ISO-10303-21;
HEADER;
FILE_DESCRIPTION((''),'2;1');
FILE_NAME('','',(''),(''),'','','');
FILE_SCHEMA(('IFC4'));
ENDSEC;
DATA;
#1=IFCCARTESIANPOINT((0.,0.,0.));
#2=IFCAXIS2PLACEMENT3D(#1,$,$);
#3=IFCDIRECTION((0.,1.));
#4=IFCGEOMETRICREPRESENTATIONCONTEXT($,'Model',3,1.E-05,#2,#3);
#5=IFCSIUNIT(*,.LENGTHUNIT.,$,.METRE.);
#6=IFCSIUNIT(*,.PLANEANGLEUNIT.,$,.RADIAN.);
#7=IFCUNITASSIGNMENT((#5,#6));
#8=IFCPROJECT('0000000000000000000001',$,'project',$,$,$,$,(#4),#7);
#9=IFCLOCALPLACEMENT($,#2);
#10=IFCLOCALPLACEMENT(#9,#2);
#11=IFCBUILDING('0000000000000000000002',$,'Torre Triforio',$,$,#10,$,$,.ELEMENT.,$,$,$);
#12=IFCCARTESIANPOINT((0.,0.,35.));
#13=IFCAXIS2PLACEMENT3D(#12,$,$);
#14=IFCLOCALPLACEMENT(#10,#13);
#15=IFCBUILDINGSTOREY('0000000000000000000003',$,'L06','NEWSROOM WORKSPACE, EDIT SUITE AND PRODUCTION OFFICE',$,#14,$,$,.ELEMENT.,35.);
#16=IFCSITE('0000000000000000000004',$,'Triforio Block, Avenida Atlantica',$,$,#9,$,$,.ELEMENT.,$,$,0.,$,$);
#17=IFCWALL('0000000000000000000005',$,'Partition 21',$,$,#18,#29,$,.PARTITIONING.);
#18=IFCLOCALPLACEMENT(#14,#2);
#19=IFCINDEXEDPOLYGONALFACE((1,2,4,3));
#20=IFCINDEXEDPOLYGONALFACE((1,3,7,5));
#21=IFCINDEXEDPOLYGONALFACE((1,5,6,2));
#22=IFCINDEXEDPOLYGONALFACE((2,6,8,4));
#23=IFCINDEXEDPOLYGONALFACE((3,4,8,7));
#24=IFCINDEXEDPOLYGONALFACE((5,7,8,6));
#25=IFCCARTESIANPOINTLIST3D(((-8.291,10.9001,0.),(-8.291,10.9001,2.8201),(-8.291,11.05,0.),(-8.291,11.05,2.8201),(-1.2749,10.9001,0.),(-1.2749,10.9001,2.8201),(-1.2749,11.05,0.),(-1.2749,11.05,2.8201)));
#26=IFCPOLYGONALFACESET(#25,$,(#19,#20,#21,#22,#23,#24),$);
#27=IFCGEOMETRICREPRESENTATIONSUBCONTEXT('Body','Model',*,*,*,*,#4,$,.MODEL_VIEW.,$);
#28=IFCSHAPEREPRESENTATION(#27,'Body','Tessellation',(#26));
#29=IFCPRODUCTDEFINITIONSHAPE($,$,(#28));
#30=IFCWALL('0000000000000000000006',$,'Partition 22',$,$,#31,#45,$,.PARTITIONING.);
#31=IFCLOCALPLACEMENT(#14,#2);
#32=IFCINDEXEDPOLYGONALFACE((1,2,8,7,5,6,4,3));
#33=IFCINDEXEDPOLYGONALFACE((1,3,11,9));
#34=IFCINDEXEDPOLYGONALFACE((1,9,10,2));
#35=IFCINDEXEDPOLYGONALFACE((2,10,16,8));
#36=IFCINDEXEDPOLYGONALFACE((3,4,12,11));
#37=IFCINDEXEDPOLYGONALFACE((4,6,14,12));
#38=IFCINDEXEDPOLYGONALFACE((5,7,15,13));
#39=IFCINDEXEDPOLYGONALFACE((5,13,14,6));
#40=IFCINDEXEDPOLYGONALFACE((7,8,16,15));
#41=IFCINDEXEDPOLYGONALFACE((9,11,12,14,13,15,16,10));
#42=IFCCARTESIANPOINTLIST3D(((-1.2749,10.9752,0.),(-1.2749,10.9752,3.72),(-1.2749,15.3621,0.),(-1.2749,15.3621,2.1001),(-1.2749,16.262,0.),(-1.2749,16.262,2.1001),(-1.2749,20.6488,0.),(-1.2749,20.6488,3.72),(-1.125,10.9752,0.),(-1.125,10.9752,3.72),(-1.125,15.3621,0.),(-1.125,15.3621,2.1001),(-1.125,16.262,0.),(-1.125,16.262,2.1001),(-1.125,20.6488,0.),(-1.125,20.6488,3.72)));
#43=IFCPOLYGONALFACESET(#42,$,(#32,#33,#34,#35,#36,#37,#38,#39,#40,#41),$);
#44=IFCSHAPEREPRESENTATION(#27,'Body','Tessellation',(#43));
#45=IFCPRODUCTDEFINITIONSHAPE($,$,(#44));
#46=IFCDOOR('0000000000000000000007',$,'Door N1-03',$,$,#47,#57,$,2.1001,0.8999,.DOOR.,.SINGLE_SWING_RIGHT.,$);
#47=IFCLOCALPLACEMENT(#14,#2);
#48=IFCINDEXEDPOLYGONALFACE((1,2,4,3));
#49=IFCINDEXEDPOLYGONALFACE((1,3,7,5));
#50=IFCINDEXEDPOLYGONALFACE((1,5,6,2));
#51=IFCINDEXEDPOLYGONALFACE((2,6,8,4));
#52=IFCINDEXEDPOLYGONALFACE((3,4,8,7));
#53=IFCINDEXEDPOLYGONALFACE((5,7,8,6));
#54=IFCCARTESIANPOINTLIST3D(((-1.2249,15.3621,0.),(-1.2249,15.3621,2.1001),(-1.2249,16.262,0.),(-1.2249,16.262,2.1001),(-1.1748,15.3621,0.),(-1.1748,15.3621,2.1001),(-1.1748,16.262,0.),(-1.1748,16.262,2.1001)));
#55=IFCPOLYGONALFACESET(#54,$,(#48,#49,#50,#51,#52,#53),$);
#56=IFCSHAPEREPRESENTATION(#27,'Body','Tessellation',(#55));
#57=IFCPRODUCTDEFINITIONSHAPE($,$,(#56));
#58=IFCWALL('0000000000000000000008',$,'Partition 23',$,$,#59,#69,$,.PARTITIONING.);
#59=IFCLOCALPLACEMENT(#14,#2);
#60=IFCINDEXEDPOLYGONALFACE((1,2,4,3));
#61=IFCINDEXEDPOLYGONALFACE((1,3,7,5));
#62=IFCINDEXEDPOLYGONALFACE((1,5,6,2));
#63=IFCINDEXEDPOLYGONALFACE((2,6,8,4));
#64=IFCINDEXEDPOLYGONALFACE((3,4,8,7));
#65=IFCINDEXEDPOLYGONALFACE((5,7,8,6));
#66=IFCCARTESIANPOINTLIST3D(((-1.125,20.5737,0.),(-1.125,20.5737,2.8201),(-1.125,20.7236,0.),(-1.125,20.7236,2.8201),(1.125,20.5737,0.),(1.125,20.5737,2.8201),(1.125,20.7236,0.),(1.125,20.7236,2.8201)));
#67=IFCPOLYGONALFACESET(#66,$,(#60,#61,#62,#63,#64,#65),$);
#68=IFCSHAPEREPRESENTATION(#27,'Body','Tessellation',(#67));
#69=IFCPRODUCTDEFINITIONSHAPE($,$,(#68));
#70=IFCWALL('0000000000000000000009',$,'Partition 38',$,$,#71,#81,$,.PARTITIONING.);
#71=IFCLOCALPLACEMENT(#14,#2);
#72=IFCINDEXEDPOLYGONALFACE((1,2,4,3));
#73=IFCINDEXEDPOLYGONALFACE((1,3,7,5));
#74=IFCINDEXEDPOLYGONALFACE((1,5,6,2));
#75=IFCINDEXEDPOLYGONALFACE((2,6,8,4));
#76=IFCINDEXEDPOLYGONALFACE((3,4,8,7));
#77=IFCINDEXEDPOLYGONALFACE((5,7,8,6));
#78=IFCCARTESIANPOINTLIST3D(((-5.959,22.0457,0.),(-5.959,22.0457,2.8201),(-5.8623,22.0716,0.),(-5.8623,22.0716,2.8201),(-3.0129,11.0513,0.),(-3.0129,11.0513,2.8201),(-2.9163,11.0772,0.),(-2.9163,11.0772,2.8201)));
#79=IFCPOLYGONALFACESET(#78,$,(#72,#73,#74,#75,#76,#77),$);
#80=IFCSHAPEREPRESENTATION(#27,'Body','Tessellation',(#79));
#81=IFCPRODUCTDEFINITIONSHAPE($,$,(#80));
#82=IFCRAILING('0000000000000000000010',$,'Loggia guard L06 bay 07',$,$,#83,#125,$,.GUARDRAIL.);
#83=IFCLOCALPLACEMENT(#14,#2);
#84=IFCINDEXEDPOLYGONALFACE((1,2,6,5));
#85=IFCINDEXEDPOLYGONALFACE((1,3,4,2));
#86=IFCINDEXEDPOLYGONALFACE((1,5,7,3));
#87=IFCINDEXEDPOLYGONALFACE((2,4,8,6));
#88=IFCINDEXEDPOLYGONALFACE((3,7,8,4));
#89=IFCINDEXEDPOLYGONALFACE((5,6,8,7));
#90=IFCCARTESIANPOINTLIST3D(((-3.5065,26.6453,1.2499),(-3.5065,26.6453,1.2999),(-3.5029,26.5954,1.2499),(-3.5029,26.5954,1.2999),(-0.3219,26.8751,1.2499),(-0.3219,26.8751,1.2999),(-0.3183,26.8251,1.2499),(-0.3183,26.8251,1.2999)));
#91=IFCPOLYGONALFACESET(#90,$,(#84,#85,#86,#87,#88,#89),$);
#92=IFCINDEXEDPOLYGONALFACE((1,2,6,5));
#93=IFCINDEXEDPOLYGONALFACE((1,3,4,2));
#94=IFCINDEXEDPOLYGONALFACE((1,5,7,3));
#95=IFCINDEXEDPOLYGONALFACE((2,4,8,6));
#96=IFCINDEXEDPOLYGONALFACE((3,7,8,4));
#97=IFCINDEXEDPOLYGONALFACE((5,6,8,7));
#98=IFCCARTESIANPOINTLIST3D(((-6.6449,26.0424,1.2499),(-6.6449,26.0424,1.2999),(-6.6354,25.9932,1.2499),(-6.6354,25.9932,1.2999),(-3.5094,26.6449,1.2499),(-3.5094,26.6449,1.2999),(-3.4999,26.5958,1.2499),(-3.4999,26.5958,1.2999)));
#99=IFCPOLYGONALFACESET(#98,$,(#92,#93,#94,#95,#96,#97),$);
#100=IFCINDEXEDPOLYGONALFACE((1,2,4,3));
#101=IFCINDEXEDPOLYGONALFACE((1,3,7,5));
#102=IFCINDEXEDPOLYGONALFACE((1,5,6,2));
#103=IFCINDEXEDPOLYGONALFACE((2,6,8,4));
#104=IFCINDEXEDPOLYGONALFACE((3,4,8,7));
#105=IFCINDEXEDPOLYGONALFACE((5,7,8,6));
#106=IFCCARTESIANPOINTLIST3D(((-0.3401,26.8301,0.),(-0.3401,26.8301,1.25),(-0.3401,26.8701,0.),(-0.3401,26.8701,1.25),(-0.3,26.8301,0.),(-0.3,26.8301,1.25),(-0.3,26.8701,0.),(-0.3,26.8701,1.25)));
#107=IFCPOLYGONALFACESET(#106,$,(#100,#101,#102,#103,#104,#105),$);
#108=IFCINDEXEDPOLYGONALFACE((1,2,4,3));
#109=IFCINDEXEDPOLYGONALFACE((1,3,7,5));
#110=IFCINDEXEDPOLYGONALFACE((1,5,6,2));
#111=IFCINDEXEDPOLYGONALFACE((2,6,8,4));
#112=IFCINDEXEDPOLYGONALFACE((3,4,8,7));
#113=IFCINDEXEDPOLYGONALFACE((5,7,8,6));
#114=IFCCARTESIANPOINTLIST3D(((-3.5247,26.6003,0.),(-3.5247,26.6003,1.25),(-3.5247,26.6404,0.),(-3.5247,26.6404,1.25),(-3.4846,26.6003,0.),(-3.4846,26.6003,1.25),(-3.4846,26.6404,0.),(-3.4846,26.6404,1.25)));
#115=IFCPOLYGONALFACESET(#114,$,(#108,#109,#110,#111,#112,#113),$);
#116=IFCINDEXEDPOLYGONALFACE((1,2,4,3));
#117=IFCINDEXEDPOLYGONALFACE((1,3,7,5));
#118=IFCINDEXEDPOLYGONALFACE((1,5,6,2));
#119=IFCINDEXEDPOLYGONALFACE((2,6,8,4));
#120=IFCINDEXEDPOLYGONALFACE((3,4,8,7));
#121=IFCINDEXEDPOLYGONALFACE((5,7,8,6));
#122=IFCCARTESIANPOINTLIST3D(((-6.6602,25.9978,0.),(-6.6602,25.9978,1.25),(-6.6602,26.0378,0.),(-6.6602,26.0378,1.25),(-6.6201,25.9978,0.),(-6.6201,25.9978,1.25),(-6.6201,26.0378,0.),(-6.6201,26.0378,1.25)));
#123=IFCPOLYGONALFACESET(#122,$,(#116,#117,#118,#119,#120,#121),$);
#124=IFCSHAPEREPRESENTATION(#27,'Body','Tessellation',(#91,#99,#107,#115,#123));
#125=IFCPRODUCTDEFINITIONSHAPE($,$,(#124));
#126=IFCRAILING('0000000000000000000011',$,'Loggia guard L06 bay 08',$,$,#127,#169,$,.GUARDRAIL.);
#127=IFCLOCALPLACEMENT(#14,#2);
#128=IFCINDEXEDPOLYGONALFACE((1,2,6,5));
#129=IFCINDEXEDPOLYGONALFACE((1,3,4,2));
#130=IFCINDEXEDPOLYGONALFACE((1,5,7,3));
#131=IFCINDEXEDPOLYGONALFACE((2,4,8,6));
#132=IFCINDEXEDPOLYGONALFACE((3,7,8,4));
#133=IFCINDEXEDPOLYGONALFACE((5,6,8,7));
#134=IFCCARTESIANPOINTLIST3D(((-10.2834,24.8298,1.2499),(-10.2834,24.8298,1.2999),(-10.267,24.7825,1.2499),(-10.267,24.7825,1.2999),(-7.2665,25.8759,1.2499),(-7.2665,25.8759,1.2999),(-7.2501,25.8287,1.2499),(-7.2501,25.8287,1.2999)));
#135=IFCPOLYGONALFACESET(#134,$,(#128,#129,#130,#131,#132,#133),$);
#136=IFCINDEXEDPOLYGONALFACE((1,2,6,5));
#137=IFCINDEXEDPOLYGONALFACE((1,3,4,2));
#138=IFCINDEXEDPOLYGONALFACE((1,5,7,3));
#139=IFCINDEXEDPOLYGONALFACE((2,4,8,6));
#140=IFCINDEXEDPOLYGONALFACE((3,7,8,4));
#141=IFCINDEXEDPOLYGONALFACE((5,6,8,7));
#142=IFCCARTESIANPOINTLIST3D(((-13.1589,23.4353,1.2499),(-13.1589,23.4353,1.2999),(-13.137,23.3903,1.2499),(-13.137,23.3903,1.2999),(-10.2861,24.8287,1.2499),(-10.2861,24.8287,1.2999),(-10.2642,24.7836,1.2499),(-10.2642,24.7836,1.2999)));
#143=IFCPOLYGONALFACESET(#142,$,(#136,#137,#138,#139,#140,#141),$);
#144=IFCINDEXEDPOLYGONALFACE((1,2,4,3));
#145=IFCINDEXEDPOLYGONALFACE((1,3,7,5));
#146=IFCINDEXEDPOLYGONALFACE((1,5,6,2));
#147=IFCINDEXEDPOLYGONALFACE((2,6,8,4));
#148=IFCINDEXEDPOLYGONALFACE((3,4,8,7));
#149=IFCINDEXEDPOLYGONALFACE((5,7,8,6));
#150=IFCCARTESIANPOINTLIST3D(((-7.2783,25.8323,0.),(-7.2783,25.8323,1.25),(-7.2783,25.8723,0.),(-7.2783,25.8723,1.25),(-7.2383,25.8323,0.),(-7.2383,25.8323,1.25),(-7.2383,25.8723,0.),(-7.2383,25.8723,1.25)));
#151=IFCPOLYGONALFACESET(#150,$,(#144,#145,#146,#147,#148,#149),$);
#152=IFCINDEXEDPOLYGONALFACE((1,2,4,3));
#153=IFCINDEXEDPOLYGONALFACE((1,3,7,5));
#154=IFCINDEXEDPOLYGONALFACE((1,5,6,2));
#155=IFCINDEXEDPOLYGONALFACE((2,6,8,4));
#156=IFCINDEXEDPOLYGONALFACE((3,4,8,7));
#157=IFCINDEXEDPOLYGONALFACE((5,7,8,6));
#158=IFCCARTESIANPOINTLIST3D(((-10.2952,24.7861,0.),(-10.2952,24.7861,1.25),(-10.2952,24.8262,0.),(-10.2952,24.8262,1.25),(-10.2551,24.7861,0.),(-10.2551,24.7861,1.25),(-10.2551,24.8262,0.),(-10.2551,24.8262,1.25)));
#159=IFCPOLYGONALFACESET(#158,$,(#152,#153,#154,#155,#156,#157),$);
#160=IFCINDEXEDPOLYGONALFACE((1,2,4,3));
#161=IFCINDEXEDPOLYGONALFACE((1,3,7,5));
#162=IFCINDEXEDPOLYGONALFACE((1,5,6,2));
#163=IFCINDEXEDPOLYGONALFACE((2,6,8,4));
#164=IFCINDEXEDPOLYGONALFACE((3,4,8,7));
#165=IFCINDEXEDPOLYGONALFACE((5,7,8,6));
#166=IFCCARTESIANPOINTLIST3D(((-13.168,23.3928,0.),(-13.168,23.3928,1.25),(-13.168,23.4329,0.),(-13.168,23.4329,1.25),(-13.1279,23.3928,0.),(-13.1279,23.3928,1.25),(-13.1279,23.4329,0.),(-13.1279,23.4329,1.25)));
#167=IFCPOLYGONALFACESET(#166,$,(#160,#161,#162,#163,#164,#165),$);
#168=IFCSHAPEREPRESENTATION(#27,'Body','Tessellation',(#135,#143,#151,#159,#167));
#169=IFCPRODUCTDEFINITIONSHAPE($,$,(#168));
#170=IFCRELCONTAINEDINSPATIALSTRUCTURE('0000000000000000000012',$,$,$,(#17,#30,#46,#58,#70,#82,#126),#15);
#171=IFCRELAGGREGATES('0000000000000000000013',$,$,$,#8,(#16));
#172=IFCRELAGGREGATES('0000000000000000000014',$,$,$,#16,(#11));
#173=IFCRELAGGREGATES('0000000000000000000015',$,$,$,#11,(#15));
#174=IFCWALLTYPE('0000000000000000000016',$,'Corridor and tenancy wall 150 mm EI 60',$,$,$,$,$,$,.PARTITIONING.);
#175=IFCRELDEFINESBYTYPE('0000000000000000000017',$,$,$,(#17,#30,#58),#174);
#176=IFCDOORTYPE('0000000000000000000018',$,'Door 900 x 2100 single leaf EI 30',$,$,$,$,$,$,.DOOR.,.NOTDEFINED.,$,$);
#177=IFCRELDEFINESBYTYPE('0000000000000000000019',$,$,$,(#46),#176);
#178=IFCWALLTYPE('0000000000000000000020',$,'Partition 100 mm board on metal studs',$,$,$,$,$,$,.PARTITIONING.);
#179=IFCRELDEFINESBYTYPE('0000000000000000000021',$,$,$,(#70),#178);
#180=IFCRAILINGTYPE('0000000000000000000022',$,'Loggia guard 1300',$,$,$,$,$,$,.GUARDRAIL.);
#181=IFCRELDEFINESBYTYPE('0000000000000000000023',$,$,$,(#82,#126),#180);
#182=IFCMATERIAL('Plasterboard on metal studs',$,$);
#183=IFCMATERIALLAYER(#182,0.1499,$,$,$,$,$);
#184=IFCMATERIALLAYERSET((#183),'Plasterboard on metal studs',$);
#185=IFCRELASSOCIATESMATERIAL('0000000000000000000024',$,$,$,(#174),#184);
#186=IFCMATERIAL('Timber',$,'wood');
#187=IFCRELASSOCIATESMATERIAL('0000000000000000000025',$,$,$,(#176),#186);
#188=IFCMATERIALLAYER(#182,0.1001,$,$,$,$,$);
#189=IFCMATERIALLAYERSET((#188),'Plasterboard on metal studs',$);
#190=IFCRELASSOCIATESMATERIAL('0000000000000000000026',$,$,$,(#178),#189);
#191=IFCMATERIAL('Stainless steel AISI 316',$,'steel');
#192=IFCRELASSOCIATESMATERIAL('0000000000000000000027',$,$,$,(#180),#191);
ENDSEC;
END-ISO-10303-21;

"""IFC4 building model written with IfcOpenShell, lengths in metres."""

from ifc_helpers import new_model, si_unit, direction, frame, frame_2d, origin, origin_2d, place, context, subcontext, project, spatial, rectangle, extrude, material, layer, layer_set, type_object, element, fill, save


model = new_model("IFC4")

# Units and contexts
model_context = context("Model", 3, precision=1e-05, world=origin(), true_north=direction((0.0, 1.0)))
body_context = subcontext(model_context, "Body", "Model", "MODEL_VIEW")
ifc_project = project(units=[si_unit("LENGTHUNIT", "METRE"), si_unit("PLANEANGLEUNIT", "RADIAN")], contexts=[model_context])

# Site, building, storey
site_placement = place(None, origin())
site = spatial("IfcSite", under=ifc_project, at=site_placement, Name="Triforio Block, Avenida Atlantica", CompositionType="ELEMENT", RefElevation=0.0)
building_placement = place(site_placement, origin())
building = spatial("IfcBuilding", under=site, at=building_placement, Name="Torre Triforio", CompositionType="ELEMENT")
storey_placement = place(building_placement, frame((0.0, 0.0, 35.0)))
storey = spatial("IfcBuildingStorey", under=building, at=storey_placement, Name="L06", Description="NEWSROOM WORKSPACE, EDIT SUITE AND PRODUCTION OFFICE", CompositionType="ELEMENT", Elevation=35.0)

# Shared definitions
ifc_material_1 = material(Name="Plasterboard on metal studs")
ifc_layer_1 = layer(ifc_material_1, 0.1499)
ifc_layer_set_1 = layer_set([ifc_layer_1], Name="Plasterboard on metal studs")
wall_type_1 = type_object("IfcWallType", Name="Corridor and tenancy wall 150 mm EI 60", PredefinedType="PARTITIONING", material=ifc_layer_set_1)
ifc_material_2 = material(Name="Timber", Category="wood")
door_type_1 = type_object("IfcDoorType", Name="Door 900 x 2100 single leaf EI 30", OperationType="NOTDEFINED", PredefinedType="DOOR", material=ifc_material_2)

# Wall
wall_1_placement = place(storey_placement, frame((-8.291, 10.9751, 0.0), z_axis=(0.0, 0.0, 1.0), x_axis=(1.0, 0.0, 0.0)))
element("IfcWall", 1, at=wall_1_placement, inside=storey, type_object=wall_type_1, Name="Partition 21", PredefinedType="PARTITIONING", context=body_context, shape_type="SweptSolid", body=[
    extrude(rectangle(XDim=7.0161, YDim=0.1499, at=frame_2d((3.5081, 0.0))), origin(), (0.0, 0.0, 1.0), 2.8201),
])

# Wall, opening, door
wall_2_placement = place(storey_placement, frame((-1.2, 10.9751, 0.0), z_axis=(0.0, 0.0, 1.0), x_axis=(0.0, 1.0, 0.0)))
wall_2 = element("IfcWall", 2, at=wall_2_placement, inside=storey, type_object=wall_type_1, Name="Partition 22", PredefinedType="PARTITIONING", context=body_context, shape_type="SweptSolid", body=[
    extrude(rectangle(XDim=9.6736, YDim=0.1499, at=frame_2d((4.8369, 0.0))), origin(), (0.0, 0.0, 1.0), 3.72),
])
opening_1_placement = place(wall_2_placement, frame((4.387, 0.0, 0.0)))
opening_1 = element("IfcOpeningElement", 3, at=opening_1_placement, cuts=wall_2, PredefinedType="OPENING", context=body_context, shape_type="SweptSolid", body=[
    extrude(rectangle(XDim=0.8999, YDim=2.1001, at=frame_2d((0.45, 1.05))), frame((0.0, 0.085, 0.0), z_axis=(0.0, -1.0, 0.0), x_axis=(1.0, 0.0, 0.0)), (0.0, 0.0, 1.0), 0.1699),
])
door_1_placement = place(opening_1_placement, origin())
door_1 = element("IfcDoor", 4, at=door_1_placement, inside=storey, type_object=door_type_1, Name="Door N1-03", OperationType="SINGLE_SWING_RIGHT", OverallHeight=2.1001, OverallWidth=0.8999, PredefinedType="DOOR", context=body_context, shape_type="SweptSolid", body=[
    extrude(rectangle(XDim=0.8999, YDim=2.1001, at=frame_2d((0.45, 1.05))), frame((0.0, 0.0249, 0.0), z_axis=(0.0, -1.0, 0.0), x_axis=(1.0, 0.0, 0.0)), (0.0, 0.0, 1.0), 0.05),
])
fill(opening_1, door_1)

# Walls
wall_3_placement = place(storey_placement, frame((-1.125, 20.6487, 0.0), z_axis=(0.0, 0.0, 1.0), x_axis=(1.0, 0.0, 0.0)))
element("IfcWall", 5, at=wall_3_placement, inside=storey, type_object=wall_type_1, Name="Partition 23", PredefinedType="PARTITIONING", context=body_context, shape_type="SweptSolid", body=[
    extrude(rectangle(XDim=2.25, YDim=0.1499, at=frame_2d((1.125, 0.0))), origin(), (0.0, 0.0, 1.0), 2.8201),
])
ifc_layer_2 = layer(ifc_material_1, 0.1001)
ifc_layer_set_2 = layer_set([ifc_layer_2], Name="Plasterboard on metal studs")
wall_type_2 = type_object("IfcWallType", Name="Partition 100 mm board on metal studs", PredefinedType="PARTITIONING", material=ifc_layer_set_2)
wall_4_placement = place(storey_placement, frame((-2.9646, 11.0642, 0.0), z_axis=(0.0, 0.0, 1.0), x_axis=(-0.258828, 0.965923, 0.0)))
element("IfcWall", 6, at=wall_4_placement, inside=storey, type_object=wall_type_2, Name="Partition 38", PredefinedType="PARTITIONING", context=body_context, shape_type="SweptSolid", body=[
    extrude(rectangle(XDim=11.3823, YDim=0.1001, at=frame_2d((5.6912, 0.0))), origin(), (0.0, 0.0, 1.0), 2.8201),
])

# Railings
ifc_material_3 = material(Name="Stainless steel AISI 316", Category="steel")
railing_type = type_object("IfcRailingType", Name="Loggia guard 1300", PredefinedType="GUARDRAIL", material=ifc_material_3)
railing_1_placement = place(storey_placement, frame((-0.3201, 26.8501, 0.0)))
element("IfcRailing", 7, at=railing_1_placement, inside=storey, type_object=railing_type, Name="Loggia guard L06 bay 07", PredefinedType="GUARDRAIL", context=body_context, shape_type="SweptSolid", body=[
    extrude(rectangle(XDim=0.05, YDim=0.05, at=origin_2d()), frame((0.0, 0.0, 1.2749), z_axis=(-0.997408, -0.071953, 0.0), x_axis=(0.071953, -0.997408, 0.0)), (0.0, 0.0, 1.0), 3.1929),
    extrude(rectangle(XDim=0.05, YDim=0.05, at=origin_2d()), frame((-3.1846, -0.2297, 1.2749), z_axis=(-0.982032, -0.188714, 0.0), x_axis=(0.188714, -0.982032, 0.0)), (0.0, 0.0, 1.0), 3.1929),
    extrude(rectangle(XDim=0.04, YDim=0.04, at=origin_2d()), origin(), (0.0, 0.0, 1.0), 1.25),
    extrude(rectangle(XDim=0.04, YDim=0.04, at=origin_2d()), frame((-3.1846, -0.2297, 0.0)), (0.0, 0.0, 1.0), 1.25),
    extrude(rectangle(XDim=0.04, YDim=0.04, at=origin_2d()), frame((-6.3201, -0.8323, 0.0)), (0.0, 0.0, 1.0), 1.25),
])
railing_2_placement = place(storey_placement, frame((-7.2583, 25.8523, 0.0)))
element("IfcRailing", 8, at=railing_2_placement, inside=storey, type_object=railing_type, Name="Loggia guard L06 bay 08", PredefinedType="GUARDRAIL", context=body_context, shape_type="SweptSolid", body=[
    extrude(rectangle(XDim=0.05, YDim=0.05, at=origin_2d()), frame((0.0, 0.0, 1.2749), z_axis=(-0.944807, -0.327628, 0.0), x_axis=(0.327628, -0.944807, 0.0)), (0.0, 0.0, 1.0), 3.1931),
    extrude(rectangle(XDim=0.05, YDim=0.05, at=origin_2d()), frame((-3.0168, -1.0461, 1.2749), z_axis=(-0.89976, -0.436384, 0.0), x_axis=(0.436384, -0.89976, 0.0)), (0.0, 0.0, 1.0), 3.1929),
    extrude(rectangle(XDim=0.04, YDim=0.04, at=origin_2d()), origin(), (0.0, 0.0, 1.0), 1.25),
    extrude(rectangle(XDim=0.04, YDim=0.04, at=origin_2d()), frame((-3.0168, -1.0461, 0.0)), (0.0, 0.0, 1.0), 1.25),
    extrude(rectangle(XDim=0.04, YDim=0.04, at=origin_2d()), frame((-5.8896, -2.4395, 0.0)), (0.0, 0.0, 1.0), 1.25),
])

save(model, "model.ifc")
